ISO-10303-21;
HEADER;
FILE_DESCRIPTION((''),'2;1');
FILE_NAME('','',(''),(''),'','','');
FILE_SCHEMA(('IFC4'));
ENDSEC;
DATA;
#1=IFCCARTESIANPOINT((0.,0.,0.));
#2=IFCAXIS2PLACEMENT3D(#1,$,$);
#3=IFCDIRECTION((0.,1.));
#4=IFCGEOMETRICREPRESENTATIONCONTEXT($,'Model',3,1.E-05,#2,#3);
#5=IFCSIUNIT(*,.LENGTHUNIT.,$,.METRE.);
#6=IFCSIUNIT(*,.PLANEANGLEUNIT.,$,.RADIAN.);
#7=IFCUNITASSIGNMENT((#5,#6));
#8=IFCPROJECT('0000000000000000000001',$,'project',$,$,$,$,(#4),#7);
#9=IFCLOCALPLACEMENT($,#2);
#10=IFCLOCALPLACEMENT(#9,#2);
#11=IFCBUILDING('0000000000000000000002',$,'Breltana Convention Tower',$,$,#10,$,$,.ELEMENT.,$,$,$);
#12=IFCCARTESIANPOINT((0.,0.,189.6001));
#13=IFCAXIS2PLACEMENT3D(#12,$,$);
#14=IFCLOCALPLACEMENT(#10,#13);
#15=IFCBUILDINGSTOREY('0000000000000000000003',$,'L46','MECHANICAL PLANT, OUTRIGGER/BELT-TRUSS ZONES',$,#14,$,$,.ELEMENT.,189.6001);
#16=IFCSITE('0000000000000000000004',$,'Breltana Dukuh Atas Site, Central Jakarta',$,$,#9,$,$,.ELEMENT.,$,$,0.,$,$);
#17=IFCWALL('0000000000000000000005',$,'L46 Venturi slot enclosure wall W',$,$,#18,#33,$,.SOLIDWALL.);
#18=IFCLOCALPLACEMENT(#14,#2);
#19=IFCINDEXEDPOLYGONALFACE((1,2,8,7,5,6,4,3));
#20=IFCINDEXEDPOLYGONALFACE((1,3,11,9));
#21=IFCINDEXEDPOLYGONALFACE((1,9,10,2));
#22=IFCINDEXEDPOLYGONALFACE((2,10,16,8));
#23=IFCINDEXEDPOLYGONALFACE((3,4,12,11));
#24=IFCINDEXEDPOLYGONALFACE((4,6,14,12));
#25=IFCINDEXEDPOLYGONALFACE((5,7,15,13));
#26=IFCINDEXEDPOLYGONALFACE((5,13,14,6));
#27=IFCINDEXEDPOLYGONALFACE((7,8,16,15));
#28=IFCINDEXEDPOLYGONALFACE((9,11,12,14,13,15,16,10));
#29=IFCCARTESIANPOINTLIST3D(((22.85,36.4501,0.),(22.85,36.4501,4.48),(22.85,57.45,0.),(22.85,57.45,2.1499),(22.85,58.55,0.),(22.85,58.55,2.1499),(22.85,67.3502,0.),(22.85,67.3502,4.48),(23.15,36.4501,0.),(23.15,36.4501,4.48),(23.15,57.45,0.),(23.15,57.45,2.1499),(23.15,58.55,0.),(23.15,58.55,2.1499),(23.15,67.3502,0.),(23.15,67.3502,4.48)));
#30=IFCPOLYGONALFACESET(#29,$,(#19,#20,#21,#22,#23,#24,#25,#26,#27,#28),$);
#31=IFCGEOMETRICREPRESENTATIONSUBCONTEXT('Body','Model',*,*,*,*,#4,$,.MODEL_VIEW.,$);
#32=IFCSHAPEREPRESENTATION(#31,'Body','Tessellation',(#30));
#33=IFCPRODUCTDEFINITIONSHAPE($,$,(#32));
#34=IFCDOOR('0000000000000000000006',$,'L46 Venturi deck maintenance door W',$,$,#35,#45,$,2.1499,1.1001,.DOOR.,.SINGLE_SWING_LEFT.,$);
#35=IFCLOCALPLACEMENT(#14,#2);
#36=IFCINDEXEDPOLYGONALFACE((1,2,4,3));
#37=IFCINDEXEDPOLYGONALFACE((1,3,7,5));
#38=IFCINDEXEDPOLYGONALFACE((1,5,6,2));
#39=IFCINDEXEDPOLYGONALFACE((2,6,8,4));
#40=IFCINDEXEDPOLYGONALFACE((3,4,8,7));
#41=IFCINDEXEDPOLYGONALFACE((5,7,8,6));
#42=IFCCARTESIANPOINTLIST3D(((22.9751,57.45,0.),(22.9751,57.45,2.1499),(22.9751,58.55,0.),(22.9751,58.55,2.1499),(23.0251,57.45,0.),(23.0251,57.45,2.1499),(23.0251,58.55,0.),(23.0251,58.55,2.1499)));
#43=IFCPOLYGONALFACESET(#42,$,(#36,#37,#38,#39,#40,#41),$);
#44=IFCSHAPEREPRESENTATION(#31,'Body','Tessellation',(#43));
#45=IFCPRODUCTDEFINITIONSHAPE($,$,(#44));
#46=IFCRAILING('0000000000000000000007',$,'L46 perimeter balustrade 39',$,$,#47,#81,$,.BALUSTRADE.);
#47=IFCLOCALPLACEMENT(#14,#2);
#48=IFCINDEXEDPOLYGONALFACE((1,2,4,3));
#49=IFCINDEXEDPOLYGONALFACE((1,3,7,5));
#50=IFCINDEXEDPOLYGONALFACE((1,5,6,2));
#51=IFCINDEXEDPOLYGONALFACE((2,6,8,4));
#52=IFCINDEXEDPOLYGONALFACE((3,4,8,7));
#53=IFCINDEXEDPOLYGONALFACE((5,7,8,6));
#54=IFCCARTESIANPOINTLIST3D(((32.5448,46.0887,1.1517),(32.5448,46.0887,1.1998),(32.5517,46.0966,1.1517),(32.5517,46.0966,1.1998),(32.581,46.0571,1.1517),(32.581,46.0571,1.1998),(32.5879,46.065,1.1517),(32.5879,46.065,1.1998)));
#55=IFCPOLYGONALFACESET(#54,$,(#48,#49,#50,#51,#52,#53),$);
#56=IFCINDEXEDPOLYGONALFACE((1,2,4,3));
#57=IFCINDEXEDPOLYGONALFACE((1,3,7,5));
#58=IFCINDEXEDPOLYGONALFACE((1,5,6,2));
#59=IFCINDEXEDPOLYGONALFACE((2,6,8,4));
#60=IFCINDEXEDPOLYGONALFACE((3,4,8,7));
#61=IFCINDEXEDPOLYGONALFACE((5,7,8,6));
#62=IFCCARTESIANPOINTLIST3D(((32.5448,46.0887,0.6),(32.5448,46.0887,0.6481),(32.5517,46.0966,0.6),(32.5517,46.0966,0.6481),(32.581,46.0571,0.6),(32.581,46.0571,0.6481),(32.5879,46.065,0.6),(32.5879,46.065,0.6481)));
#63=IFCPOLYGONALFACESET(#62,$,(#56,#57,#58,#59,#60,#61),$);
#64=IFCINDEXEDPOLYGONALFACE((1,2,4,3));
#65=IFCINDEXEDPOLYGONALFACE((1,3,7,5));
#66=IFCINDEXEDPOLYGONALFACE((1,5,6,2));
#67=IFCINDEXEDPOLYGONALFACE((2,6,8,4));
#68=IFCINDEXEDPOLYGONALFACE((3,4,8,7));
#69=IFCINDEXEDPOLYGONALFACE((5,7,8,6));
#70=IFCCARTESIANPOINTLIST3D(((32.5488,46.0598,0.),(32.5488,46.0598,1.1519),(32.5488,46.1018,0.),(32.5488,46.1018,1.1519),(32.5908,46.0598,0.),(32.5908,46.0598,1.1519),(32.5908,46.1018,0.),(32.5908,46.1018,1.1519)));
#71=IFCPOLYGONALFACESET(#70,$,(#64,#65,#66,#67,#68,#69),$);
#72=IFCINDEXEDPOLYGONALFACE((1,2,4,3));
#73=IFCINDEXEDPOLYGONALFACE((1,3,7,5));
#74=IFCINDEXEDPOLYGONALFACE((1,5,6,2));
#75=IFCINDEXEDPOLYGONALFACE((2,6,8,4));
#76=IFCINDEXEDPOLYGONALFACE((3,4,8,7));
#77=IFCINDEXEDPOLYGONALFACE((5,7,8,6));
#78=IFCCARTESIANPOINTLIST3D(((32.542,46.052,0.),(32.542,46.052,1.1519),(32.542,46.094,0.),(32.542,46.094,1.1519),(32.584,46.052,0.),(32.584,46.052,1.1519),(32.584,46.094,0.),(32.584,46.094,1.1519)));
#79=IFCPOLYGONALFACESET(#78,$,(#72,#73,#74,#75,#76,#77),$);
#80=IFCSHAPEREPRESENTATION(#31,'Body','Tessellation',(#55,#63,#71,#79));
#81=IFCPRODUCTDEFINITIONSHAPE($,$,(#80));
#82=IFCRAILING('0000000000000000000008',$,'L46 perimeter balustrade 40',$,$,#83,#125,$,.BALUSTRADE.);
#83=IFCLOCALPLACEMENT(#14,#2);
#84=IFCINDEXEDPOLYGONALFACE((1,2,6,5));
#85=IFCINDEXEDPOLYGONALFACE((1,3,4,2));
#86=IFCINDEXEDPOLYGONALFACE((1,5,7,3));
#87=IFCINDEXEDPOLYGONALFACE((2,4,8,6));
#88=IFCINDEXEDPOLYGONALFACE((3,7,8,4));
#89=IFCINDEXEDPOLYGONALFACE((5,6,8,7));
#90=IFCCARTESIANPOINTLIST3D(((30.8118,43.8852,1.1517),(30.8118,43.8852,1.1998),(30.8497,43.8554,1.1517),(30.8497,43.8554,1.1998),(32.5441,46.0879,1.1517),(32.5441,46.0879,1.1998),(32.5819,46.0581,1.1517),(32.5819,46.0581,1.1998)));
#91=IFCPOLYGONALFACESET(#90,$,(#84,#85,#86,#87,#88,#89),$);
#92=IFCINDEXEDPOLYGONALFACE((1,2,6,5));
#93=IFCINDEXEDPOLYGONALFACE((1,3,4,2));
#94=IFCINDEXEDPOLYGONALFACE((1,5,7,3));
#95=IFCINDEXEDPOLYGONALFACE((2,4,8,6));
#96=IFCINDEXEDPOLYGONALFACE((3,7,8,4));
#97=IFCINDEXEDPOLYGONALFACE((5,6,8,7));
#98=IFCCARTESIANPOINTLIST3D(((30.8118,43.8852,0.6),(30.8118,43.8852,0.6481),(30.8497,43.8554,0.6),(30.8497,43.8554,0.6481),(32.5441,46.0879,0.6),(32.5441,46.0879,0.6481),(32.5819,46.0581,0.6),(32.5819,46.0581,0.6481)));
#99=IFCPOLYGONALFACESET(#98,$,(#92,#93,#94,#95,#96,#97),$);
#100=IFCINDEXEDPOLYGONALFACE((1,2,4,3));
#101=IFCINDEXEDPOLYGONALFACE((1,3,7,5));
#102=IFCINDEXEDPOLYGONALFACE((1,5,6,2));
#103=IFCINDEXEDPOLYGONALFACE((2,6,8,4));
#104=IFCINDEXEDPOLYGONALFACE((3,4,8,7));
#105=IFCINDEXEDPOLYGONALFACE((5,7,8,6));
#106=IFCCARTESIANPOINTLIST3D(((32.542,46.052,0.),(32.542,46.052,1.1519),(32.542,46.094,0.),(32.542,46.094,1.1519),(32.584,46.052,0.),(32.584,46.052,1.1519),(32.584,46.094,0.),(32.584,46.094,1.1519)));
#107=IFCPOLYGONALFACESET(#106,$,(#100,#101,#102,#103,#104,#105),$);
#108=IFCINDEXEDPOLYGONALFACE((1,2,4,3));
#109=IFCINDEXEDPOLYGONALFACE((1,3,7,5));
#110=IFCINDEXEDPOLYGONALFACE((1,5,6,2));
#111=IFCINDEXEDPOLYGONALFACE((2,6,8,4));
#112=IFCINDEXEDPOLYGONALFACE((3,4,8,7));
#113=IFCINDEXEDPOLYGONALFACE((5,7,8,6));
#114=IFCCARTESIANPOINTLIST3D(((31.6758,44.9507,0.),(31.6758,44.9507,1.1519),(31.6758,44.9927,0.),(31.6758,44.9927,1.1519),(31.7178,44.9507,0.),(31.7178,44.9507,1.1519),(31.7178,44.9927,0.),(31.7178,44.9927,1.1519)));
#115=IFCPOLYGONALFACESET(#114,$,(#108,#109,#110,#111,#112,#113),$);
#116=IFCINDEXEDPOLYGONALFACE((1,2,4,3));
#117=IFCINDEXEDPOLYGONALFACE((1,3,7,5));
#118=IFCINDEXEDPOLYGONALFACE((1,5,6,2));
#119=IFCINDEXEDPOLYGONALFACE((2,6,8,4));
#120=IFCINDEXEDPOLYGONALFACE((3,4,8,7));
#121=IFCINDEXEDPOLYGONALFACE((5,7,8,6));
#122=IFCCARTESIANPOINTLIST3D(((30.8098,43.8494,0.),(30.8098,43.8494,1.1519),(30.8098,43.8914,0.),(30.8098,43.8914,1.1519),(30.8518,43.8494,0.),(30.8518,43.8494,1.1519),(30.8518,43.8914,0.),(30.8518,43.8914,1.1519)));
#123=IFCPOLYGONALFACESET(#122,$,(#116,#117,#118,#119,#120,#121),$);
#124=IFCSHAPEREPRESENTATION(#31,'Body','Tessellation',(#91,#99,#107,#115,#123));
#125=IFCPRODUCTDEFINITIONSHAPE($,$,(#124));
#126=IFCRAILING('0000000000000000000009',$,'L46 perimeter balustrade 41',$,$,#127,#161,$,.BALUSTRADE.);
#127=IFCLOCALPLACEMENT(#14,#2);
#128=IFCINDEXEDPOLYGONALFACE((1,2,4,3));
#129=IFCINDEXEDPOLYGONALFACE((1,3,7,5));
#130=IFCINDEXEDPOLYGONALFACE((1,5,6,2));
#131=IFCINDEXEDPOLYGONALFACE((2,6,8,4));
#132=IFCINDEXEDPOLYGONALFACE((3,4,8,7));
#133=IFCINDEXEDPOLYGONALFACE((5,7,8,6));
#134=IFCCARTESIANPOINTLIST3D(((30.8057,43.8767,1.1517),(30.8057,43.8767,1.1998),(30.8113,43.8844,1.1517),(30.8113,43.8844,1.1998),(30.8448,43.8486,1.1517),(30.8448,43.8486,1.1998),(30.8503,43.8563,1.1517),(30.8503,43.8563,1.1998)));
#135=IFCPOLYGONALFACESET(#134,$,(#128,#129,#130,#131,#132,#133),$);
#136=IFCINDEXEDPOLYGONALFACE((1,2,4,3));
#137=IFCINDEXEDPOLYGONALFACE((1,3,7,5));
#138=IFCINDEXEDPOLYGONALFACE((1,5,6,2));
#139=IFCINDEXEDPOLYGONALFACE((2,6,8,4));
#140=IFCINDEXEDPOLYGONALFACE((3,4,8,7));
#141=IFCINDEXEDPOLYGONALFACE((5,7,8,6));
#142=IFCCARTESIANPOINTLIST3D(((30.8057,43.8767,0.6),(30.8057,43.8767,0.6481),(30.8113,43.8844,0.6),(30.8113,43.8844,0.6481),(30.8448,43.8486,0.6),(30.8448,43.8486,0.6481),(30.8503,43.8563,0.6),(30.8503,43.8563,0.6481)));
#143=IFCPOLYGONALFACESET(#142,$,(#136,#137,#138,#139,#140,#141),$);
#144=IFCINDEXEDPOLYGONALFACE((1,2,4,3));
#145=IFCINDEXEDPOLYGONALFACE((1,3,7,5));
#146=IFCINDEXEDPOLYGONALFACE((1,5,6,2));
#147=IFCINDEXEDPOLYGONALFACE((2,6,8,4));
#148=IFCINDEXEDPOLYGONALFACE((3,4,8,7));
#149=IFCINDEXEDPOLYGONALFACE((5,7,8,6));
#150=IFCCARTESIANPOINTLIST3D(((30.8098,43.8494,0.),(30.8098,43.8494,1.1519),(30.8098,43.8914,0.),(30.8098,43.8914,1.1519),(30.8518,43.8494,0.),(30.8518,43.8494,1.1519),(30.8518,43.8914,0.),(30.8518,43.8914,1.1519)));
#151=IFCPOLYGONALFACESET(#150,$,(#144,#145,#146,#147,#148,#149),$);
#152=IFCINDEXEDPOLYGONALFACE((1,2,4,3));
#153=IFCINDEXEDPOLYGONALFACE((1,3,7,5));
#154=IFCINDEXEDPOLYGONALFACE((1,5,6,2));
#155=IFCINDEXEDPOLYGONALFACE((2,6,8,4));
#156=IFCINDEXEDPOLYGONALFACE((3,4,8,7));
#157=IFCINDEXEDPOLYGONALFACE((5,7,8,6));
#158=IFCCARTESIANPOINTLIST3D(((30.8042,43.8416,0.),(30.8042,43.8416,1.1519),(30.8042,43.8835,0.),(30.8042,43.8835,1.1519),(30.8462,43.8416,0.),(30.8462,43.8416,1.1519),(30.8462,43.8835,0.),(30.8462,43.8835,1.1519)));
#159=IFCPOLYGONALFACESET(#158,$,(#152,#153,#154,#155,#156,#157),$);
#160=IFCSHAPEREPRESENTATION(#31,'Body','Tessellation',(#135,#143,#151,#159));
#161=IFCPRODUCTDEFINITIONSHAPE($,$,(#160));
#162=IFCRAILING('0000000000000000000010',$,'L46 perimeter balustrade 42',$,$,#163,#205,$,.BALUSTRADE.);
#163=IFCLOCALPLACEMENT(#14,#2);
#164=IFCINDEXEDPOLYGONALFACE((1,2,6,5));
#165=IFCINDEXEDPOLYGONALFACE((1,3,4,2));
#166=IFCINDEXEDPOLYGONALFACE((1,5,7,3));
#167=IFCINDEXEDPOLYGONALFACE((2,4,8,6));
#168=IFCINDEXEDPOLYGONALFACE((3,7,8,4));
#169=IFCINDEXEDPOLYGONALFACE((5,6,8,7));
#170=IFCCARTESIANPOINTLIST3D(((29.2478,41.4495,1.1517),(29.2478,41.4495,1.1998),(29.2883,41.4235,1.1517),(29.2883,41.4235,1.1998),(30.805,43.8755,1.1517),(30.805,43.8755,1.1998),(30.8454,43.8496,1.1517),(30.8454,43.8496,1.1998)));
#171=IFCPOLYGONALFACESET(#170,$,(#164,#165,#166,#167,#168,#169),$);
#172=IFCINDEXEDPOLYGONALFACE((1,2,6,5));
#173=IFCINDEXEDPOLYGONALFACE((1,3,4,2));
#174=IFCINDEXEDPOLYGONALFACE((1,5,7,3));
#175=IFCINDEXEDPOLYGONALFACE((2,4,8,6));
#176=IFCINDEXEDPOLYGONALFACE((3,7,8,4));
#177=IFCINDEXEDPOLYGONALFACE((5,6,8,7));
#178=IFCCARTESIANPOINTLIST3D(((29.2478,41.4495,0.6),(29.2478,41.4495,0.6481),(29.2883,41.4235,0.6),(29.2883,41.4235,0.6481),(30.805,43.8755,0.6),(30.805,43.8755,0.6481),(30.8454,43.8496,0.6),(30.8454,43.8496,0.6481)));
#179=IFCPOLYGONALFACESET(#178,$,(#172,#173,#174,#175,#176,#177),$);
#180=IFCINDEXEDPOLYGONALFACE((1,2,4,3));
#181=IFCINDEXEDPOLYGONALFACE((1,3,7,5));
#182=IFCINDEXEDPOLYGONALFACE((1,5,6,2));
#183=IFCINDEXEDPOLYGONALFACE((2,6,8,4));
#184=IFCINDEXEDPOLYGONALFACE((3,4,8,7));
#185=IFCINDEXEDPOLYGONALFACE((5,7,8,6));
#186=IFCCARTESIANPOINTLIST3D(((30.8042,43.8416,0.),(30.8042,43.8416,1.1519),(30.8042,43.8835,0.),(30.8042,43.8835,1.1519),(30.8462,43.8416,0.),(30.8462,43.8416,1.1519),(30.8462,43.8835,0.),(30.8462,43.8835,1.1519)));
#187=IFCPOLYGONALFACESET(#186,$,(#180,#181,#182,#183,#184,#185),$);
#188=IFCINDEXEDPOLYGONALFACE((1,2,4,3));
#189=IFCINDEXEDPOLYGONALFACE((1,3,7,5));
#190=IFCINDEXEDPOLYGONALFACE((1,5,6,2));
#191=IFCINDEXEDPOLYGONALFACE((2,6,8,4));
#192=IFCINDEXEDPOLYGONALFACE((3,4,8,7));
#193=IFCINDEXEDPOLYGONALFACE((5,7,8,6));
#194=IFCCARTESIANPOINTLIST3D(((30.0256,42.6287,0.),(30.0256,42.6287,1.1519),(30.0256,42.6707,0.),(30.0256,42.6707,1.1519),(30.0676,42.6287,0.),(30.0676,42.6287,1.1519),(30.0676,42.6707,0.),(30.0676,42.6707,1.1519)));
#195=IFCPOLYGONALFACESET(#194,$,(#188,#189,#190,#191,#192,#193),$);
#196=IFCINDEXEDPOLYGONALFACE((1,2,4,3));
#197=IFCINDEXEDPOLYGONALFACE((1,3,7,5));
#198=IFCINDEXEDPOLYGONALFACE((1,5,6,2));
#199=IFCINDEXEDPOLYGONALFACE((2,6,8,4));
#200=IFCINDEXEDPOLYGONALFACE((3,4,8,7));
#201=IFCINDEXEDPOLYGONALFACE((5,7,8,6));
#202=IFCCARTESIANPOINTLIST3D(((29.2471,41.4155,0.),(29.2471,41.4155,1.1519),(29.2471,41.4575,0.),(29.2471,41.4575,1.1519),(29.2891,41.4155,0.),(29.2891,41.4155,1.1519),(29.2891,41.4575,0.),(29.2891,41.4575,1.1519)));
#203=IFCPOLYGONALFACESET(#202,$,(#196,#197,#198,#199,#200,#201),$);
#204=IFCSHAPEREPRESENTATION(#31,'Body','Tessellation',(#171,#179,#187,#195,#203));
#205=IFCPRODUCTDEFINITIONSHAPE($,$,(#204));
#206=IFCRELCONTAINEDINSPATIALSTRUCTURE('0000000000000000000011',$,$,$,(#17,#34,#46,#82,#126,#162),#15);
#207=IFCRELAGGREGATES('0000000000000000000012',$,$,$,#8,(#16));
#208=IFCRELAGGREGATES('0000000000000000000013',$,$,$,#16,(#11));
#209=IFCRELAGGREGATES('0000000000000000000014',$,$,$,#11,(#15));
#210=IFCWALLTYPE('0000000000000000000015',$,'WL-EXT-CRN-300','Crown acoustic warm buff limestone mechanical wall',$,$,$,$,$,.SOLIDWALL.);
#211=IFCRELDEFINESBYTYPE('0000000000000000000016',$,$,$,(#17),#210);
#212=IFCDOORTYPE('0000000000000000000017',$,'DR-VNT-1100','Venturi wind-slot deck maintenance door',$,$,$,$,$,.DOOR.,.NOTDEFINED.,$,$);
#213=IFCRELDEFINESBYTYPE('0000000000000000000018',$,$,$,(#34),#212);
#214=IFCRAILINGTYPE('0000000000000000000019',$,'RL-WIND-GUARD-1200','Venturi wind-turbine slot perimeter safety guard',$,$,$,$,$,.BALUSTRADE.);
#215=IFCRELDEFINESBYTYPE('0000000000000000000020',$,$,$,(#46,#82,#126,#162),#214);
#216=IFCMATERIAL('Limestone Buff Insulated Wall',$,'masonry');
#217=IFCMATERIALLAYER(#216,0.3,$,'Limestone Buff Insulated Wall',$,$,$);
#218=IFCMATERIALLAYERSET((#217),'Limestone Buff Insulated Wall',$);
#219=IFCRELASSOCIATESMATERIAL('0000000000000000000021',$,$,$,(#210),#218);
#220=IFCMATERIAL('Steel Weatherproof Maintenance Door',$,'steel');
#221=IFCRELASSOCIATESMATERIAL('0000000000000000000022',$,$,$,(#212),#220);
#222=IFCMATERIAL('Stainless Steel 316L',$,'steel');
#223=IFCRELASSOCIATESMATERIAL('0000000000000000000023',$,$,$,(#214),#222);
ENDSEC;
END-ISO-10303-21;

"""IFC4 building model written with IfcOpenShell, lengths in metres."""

from ifc_helpers import new_model, si_unit, direction, frame, frame_2d, origin, origin_2d, place, context, subcontext, project, spatial, rectangle, extrude, source, transform, mapped, material, layer, layer_set, type_object, type_shapes, element, fill, save


model = new_model("IFC4")

# Units and contexts
model_context = context("Model", 3, precision=1e-05, world=origin(), true_north=direction((0.0, 1.0)))
body_context = subcontext(model_context, "Body", "Model", "MODEL_VIEW")
ifc_project = project(units=[si_unit("LENGTHUNIT", "METRE"), si_unit("PLANEANGLEUNIT", "RADIAN")], contexts=[model_context])

# Site, building, storey
site_placement = place(None, origin())
site = spatial("IfcSite", under=ifc_project, at=site_placement, Name="Breltana Dukuh Atas Site, Central Jakarta", CompositionType="ELEMENT", RefElevation=0.0)
building_placement = place(site_placement, origin())
building = spatial("IfcBuilding", under=site, at=building_placement, Name="Breltana Convention Tower", CompositionType="ELEMENT")
storey_placement = place(building_placement, frame((0.0, 0.0, 189.6001)))
storey = spatial("IfcBuildingStorey", under=building, at=storey_placement, Name="L46", Description="MECHANICAL PLANT, OUTRIGGER/BELT-TRUSS ZONES", CompositionType="ELEMENT", Elevation=189.6001)

# Wall, opening, door
ifc_material_1 = material(Name="Limestone Buff Insulated Wall", Category="masonry")
ifc_layer_1 = layer(ifc_material_1, 0.3, Name="Limestone Buff Insulated Wall")
ifc_layer_set_1 = layer_set([ifc_layer_1], Name="Limestone Buff Insulated Wall")
wall_type = type_object("IfcWallType", Name="WL-EXT-CRN-300", Description="Crown acoustic warm buff limestone mechanical wall", PredefinedType="SOLIDWALL", material=ifc_layer_set_1)
shared_shape_1 = source(origin(), body_context, "Body", "SweptSolid", [
    extrude(rectangle(XDim=30.9001, YDim=0.3, at=frame_2d((15.4502, 0.0))), origin(), (0.0, 0.0, 1.0), 4.48),
])
wall_placement = place(storey_placement, frame((23.0, 36.45, 0.0), z_axis=(0.0, 0.0, 1.0), x_axis=(0.0, 1.0, 0.0)))
wall = element("IfcWall", 1, at=wall_placement, inside=storey, type_object=wall_type, Name="L46 Venturi slot enclosure wall W", PredefinedType="SOLIDWALL", context=body_context, shape_type="MappedRepresentation", body=[
    mapped(shared_shape_1, transform((0.0, 0.0, 0.0), scale=1.0)),
])
opening_placement = place(wall_placement, frame((21.0, 0.0, 0.0)))
opening = element("IfcOpeningElement", 2, at=opening_placement, cuts=wall, PredefinedType="OPENING", context=body_context, shape_type="SweptSolid", body=[
    extrude(rectangle(XDim=1.1001, YDim=2.1499, at=frame_2d((0.55, 1.075))), frame((0.0, 0.1602, 0.0), z_axis=(0.0, -1.0, 0.0), x_axis=(1.0, 0.0, 0.0)), (0.0, 0.0, 1.0), 0.3201),
])
ifc_material_2 = material(Name="Steel Weatherproof Maintenance Door", Category="steel")
door_type = type_object("IfcDoorType", Name="DR-VNT-1100", Description="Venturi wind-slot deck maintenance door", OperationType="NOTDEFINED", PredefinedType="DOOR", material=ifc_material_2)
shared_shape_2 = source(origin(), body_context, "Body", "SweptSolid", [
    extrude(rectangle(XDim=1.1001, YDim=2.1499, at=frame_2d((0.55, 1.075))), frame((0.0, 0.0249, 0.0), z_axis=(0.0, -1.0, 0.0), x_axis=(1.0, 0.0, 0.0)), (0.0, 0.0, 1.0), 0.05),
])
type_shapes(door_type, [shared_shape_2])
door_placement = place(opening_placement, origin())
door = element("IfcDoor", 3, at=door_placement, inside=storey, type_object=door_type, Name="L46 Venturi deck maintenance door W", OperationType="SINGLE_SWING_LEFT", OverallHeight=2.1499, OverallWidth=1.1001, PredefinedType="DOOR", context=body_context, shape_type="MappedRepresentation", body=[
    mapped(shared_shape_2, transform((0.0, 0.0, 0.0), scale=1.0)),
])
fill(opening, door)

# Railings
ifc_material_3 = material(Name="Stainless Steel 316L", Category="steel")
railing_type = type_object("IfcRailingType", Name="RL-WIND-GUARD-1200", Description="Venturi wind-turbine slot perimeter safety guard", PredefinedType="BALUSTRADE", material=ifc_material_3)
railing_1_placement = place(storey_placement, frame((32.5698, 46.0808, 0.0)))
element("IfcRailing", 4, at=railing_1_placement, inside=storey, type_object=railing_type, Name="L46 perimeter balustrade 39", PredefinedType="BALUSTRADE", context=body_context, shape_type="SweptSolid", body=[
    extrude(rectangle(XDim=0.0481, YDim=0.0481, at=origin_2d()), frame((0.0, 0.0, 1.1758), z_axis=(-0.658505, -0.752577, 0.0), x_axis=(0.752577, -0.658505, 0.0)), (0.0, 0.0, 1.0), 0.0105),
    extrude(rectangle(XDim=0.0481, YDim=0.0481, at=origin_2d()), frame((0.0, 0.0, 0.624), z_axis=(-0.658505, -0.752577, 0.0), x_axis=(0.752577, -0.658505, 0.0)), (0.0, 0.0, 1.0), 0.0105),
    extrude(rectangle(XDim=0.042, YDim=0.042, at=origin_2d()), origin(), (0.0, 0.0, 1.0), 1.1519),
    extrude(rectangle(XDim=0.042, YDim=0.042, at=origin_2d()), frame((-0.0068, -0.0078, 0.0)), (0.0, 0.0, 1.0), 1.1519),
])
railing_2_placement = place(storey_placement, frame((32.563, 46.073, 0.0)))
element("IfcRailing", 5, at=railing_2_placement, inside=storey, type_object=railing_type, Name="L46 perimeter balustrade 40", PredefinedType="BALUSTRADE", context=body_context, shape_type="SweptSolid", body=[
    extrude(rectangle(XDim=0.0481, YDim=0.0481, at=origin_2d()), frame((0.0, 0.0, 1.1758), z_axis=(-0.61816, -0.786052, 0.0), x_axis=(0.786052, -0.61816, 0.0)), (0.0, 0.0, 1.0), 2.8022),
    extrude(rectangle(XDim=0.0481, YDim=0.0481, at=origin_2d()), frame((0.0, 0.0, 0.624), z_axis=(-0.61816, -0.786052, 0.0), x_axis=(0.786052, -0.61816, 0.0)), (0.0, 0.0, 1.0), 2.8022),
    extrude(rectangle(XDim=0.042, YDim=0.042, at=origin_2d()), origin(), (0.0, 0.0, 1.0), 1.1519),
    extrude(rectangle(XDim=0.042, YDim=0.042, at=origin_2d()), frame((-0.8662, -1.1013, 0.0)), (0.0, 0.0, 1.0), 1.1519),
    extrude(rectangle(XDim=0.042, YDim=0.042, at=origin_2d()), frame((-1.7322, -2.2026, 0.0)), (0.0, 0.0, 1.0), 1.1519),
])
railing_3_placement = place(storey_placement, frame((30.8308, 43.8704, 0.0)))
element("IfcRailing", 6, at=railing_3_placement, inside=storey, type_object=railing_type, Name="L46 perimeter balustrade 41", PredefinedType="BALUSTRADE", context=body_context, shape_type="SweptSolid", body=[
    extrude(rectangle(XDim=0.0481, YDim=0.0481, at=origin_2d()), frame((0.0, 0.0, 1.1758), z_axis=(-0.583636, -0.812015, 0.0), x_axis=(0.812015, -0.583636, 0.0)), (0.0, 0.0, 1.0), 0.0095),
    extrude(rectangle(XDim=0.0481, YDim=0.0481, at=origin_2d()), frame((0.0, 0.0, 0.624), z_axis=(-0.583636, -0.812015, 0.0), x_axis=(0.812015, -0.583636, 0.0)), (0.0, 0.0, 1.0), 0.0095),
    extrude(rectangle(XDim=0.042, YDim=0.042, at=origin_2d()), origin(), (0.0, 0.0, 1.0), 1.1519),
    extrude(rectangle(XDim=0.042, YDim=0.042, at=origin_2d()), frame((-0.0056, -0.0078, 0.0)), (0.0, 0.0, 1.0), 1.1519),
])
railing_4_placement = place(storey_placement, frame((30.8252, 43.8625, 0.0)))
element("IfcRailing", 7, at=railing_4_placement, inside=storey, type_object=railing_type, Name="L46 perimeter balustrade 42", PredefinedType="BALUSTRADE", context=body_context, shape_type="SweptSolid", body=[
    extrude(rectangle(XDim=0.0481, YDim=0.0481, at=origin_2d()), frame((0.0, 0.0, 1.1758), z_axis=(-0.540154, -0.841566, 0.0), x_axis=(0.841566, -0.540154, 0.0)), (0.0, 0.0, 1.0), 2.8828),
    extrude(rectangle(XDim=0.0481, YDim=0.0481, at=origin_2d()), frame((0.0, 0.0, 0.624), z_axis=(-0.540154, -0.841566, 0.0), x_axis=(0.841566, -0.540154, 0.0)), (0.0, 0.0, 1.0), 2.8828),
    extrude(rectangle(XDim=0.042, YDim=0.042, at=origin_2d()), origin(), (0.0, 0.0, 1.0), 1.1519),
    extrude(rectangle(XDim=0.042, YDim=0.042, at=origin_2d()), frame((-0.7786, -1.2129, 0.0)), (0.0, 0.0, 1.0), 1.1519),
    extrude(rectangle(XDim=0.042, YDim=0.042, at=origin_2d()), frame((-1.5571, -2.426, 0.0)), (0.0, 0.0, 1.0), 1.1519),
])

save(model, "model.ifc")
